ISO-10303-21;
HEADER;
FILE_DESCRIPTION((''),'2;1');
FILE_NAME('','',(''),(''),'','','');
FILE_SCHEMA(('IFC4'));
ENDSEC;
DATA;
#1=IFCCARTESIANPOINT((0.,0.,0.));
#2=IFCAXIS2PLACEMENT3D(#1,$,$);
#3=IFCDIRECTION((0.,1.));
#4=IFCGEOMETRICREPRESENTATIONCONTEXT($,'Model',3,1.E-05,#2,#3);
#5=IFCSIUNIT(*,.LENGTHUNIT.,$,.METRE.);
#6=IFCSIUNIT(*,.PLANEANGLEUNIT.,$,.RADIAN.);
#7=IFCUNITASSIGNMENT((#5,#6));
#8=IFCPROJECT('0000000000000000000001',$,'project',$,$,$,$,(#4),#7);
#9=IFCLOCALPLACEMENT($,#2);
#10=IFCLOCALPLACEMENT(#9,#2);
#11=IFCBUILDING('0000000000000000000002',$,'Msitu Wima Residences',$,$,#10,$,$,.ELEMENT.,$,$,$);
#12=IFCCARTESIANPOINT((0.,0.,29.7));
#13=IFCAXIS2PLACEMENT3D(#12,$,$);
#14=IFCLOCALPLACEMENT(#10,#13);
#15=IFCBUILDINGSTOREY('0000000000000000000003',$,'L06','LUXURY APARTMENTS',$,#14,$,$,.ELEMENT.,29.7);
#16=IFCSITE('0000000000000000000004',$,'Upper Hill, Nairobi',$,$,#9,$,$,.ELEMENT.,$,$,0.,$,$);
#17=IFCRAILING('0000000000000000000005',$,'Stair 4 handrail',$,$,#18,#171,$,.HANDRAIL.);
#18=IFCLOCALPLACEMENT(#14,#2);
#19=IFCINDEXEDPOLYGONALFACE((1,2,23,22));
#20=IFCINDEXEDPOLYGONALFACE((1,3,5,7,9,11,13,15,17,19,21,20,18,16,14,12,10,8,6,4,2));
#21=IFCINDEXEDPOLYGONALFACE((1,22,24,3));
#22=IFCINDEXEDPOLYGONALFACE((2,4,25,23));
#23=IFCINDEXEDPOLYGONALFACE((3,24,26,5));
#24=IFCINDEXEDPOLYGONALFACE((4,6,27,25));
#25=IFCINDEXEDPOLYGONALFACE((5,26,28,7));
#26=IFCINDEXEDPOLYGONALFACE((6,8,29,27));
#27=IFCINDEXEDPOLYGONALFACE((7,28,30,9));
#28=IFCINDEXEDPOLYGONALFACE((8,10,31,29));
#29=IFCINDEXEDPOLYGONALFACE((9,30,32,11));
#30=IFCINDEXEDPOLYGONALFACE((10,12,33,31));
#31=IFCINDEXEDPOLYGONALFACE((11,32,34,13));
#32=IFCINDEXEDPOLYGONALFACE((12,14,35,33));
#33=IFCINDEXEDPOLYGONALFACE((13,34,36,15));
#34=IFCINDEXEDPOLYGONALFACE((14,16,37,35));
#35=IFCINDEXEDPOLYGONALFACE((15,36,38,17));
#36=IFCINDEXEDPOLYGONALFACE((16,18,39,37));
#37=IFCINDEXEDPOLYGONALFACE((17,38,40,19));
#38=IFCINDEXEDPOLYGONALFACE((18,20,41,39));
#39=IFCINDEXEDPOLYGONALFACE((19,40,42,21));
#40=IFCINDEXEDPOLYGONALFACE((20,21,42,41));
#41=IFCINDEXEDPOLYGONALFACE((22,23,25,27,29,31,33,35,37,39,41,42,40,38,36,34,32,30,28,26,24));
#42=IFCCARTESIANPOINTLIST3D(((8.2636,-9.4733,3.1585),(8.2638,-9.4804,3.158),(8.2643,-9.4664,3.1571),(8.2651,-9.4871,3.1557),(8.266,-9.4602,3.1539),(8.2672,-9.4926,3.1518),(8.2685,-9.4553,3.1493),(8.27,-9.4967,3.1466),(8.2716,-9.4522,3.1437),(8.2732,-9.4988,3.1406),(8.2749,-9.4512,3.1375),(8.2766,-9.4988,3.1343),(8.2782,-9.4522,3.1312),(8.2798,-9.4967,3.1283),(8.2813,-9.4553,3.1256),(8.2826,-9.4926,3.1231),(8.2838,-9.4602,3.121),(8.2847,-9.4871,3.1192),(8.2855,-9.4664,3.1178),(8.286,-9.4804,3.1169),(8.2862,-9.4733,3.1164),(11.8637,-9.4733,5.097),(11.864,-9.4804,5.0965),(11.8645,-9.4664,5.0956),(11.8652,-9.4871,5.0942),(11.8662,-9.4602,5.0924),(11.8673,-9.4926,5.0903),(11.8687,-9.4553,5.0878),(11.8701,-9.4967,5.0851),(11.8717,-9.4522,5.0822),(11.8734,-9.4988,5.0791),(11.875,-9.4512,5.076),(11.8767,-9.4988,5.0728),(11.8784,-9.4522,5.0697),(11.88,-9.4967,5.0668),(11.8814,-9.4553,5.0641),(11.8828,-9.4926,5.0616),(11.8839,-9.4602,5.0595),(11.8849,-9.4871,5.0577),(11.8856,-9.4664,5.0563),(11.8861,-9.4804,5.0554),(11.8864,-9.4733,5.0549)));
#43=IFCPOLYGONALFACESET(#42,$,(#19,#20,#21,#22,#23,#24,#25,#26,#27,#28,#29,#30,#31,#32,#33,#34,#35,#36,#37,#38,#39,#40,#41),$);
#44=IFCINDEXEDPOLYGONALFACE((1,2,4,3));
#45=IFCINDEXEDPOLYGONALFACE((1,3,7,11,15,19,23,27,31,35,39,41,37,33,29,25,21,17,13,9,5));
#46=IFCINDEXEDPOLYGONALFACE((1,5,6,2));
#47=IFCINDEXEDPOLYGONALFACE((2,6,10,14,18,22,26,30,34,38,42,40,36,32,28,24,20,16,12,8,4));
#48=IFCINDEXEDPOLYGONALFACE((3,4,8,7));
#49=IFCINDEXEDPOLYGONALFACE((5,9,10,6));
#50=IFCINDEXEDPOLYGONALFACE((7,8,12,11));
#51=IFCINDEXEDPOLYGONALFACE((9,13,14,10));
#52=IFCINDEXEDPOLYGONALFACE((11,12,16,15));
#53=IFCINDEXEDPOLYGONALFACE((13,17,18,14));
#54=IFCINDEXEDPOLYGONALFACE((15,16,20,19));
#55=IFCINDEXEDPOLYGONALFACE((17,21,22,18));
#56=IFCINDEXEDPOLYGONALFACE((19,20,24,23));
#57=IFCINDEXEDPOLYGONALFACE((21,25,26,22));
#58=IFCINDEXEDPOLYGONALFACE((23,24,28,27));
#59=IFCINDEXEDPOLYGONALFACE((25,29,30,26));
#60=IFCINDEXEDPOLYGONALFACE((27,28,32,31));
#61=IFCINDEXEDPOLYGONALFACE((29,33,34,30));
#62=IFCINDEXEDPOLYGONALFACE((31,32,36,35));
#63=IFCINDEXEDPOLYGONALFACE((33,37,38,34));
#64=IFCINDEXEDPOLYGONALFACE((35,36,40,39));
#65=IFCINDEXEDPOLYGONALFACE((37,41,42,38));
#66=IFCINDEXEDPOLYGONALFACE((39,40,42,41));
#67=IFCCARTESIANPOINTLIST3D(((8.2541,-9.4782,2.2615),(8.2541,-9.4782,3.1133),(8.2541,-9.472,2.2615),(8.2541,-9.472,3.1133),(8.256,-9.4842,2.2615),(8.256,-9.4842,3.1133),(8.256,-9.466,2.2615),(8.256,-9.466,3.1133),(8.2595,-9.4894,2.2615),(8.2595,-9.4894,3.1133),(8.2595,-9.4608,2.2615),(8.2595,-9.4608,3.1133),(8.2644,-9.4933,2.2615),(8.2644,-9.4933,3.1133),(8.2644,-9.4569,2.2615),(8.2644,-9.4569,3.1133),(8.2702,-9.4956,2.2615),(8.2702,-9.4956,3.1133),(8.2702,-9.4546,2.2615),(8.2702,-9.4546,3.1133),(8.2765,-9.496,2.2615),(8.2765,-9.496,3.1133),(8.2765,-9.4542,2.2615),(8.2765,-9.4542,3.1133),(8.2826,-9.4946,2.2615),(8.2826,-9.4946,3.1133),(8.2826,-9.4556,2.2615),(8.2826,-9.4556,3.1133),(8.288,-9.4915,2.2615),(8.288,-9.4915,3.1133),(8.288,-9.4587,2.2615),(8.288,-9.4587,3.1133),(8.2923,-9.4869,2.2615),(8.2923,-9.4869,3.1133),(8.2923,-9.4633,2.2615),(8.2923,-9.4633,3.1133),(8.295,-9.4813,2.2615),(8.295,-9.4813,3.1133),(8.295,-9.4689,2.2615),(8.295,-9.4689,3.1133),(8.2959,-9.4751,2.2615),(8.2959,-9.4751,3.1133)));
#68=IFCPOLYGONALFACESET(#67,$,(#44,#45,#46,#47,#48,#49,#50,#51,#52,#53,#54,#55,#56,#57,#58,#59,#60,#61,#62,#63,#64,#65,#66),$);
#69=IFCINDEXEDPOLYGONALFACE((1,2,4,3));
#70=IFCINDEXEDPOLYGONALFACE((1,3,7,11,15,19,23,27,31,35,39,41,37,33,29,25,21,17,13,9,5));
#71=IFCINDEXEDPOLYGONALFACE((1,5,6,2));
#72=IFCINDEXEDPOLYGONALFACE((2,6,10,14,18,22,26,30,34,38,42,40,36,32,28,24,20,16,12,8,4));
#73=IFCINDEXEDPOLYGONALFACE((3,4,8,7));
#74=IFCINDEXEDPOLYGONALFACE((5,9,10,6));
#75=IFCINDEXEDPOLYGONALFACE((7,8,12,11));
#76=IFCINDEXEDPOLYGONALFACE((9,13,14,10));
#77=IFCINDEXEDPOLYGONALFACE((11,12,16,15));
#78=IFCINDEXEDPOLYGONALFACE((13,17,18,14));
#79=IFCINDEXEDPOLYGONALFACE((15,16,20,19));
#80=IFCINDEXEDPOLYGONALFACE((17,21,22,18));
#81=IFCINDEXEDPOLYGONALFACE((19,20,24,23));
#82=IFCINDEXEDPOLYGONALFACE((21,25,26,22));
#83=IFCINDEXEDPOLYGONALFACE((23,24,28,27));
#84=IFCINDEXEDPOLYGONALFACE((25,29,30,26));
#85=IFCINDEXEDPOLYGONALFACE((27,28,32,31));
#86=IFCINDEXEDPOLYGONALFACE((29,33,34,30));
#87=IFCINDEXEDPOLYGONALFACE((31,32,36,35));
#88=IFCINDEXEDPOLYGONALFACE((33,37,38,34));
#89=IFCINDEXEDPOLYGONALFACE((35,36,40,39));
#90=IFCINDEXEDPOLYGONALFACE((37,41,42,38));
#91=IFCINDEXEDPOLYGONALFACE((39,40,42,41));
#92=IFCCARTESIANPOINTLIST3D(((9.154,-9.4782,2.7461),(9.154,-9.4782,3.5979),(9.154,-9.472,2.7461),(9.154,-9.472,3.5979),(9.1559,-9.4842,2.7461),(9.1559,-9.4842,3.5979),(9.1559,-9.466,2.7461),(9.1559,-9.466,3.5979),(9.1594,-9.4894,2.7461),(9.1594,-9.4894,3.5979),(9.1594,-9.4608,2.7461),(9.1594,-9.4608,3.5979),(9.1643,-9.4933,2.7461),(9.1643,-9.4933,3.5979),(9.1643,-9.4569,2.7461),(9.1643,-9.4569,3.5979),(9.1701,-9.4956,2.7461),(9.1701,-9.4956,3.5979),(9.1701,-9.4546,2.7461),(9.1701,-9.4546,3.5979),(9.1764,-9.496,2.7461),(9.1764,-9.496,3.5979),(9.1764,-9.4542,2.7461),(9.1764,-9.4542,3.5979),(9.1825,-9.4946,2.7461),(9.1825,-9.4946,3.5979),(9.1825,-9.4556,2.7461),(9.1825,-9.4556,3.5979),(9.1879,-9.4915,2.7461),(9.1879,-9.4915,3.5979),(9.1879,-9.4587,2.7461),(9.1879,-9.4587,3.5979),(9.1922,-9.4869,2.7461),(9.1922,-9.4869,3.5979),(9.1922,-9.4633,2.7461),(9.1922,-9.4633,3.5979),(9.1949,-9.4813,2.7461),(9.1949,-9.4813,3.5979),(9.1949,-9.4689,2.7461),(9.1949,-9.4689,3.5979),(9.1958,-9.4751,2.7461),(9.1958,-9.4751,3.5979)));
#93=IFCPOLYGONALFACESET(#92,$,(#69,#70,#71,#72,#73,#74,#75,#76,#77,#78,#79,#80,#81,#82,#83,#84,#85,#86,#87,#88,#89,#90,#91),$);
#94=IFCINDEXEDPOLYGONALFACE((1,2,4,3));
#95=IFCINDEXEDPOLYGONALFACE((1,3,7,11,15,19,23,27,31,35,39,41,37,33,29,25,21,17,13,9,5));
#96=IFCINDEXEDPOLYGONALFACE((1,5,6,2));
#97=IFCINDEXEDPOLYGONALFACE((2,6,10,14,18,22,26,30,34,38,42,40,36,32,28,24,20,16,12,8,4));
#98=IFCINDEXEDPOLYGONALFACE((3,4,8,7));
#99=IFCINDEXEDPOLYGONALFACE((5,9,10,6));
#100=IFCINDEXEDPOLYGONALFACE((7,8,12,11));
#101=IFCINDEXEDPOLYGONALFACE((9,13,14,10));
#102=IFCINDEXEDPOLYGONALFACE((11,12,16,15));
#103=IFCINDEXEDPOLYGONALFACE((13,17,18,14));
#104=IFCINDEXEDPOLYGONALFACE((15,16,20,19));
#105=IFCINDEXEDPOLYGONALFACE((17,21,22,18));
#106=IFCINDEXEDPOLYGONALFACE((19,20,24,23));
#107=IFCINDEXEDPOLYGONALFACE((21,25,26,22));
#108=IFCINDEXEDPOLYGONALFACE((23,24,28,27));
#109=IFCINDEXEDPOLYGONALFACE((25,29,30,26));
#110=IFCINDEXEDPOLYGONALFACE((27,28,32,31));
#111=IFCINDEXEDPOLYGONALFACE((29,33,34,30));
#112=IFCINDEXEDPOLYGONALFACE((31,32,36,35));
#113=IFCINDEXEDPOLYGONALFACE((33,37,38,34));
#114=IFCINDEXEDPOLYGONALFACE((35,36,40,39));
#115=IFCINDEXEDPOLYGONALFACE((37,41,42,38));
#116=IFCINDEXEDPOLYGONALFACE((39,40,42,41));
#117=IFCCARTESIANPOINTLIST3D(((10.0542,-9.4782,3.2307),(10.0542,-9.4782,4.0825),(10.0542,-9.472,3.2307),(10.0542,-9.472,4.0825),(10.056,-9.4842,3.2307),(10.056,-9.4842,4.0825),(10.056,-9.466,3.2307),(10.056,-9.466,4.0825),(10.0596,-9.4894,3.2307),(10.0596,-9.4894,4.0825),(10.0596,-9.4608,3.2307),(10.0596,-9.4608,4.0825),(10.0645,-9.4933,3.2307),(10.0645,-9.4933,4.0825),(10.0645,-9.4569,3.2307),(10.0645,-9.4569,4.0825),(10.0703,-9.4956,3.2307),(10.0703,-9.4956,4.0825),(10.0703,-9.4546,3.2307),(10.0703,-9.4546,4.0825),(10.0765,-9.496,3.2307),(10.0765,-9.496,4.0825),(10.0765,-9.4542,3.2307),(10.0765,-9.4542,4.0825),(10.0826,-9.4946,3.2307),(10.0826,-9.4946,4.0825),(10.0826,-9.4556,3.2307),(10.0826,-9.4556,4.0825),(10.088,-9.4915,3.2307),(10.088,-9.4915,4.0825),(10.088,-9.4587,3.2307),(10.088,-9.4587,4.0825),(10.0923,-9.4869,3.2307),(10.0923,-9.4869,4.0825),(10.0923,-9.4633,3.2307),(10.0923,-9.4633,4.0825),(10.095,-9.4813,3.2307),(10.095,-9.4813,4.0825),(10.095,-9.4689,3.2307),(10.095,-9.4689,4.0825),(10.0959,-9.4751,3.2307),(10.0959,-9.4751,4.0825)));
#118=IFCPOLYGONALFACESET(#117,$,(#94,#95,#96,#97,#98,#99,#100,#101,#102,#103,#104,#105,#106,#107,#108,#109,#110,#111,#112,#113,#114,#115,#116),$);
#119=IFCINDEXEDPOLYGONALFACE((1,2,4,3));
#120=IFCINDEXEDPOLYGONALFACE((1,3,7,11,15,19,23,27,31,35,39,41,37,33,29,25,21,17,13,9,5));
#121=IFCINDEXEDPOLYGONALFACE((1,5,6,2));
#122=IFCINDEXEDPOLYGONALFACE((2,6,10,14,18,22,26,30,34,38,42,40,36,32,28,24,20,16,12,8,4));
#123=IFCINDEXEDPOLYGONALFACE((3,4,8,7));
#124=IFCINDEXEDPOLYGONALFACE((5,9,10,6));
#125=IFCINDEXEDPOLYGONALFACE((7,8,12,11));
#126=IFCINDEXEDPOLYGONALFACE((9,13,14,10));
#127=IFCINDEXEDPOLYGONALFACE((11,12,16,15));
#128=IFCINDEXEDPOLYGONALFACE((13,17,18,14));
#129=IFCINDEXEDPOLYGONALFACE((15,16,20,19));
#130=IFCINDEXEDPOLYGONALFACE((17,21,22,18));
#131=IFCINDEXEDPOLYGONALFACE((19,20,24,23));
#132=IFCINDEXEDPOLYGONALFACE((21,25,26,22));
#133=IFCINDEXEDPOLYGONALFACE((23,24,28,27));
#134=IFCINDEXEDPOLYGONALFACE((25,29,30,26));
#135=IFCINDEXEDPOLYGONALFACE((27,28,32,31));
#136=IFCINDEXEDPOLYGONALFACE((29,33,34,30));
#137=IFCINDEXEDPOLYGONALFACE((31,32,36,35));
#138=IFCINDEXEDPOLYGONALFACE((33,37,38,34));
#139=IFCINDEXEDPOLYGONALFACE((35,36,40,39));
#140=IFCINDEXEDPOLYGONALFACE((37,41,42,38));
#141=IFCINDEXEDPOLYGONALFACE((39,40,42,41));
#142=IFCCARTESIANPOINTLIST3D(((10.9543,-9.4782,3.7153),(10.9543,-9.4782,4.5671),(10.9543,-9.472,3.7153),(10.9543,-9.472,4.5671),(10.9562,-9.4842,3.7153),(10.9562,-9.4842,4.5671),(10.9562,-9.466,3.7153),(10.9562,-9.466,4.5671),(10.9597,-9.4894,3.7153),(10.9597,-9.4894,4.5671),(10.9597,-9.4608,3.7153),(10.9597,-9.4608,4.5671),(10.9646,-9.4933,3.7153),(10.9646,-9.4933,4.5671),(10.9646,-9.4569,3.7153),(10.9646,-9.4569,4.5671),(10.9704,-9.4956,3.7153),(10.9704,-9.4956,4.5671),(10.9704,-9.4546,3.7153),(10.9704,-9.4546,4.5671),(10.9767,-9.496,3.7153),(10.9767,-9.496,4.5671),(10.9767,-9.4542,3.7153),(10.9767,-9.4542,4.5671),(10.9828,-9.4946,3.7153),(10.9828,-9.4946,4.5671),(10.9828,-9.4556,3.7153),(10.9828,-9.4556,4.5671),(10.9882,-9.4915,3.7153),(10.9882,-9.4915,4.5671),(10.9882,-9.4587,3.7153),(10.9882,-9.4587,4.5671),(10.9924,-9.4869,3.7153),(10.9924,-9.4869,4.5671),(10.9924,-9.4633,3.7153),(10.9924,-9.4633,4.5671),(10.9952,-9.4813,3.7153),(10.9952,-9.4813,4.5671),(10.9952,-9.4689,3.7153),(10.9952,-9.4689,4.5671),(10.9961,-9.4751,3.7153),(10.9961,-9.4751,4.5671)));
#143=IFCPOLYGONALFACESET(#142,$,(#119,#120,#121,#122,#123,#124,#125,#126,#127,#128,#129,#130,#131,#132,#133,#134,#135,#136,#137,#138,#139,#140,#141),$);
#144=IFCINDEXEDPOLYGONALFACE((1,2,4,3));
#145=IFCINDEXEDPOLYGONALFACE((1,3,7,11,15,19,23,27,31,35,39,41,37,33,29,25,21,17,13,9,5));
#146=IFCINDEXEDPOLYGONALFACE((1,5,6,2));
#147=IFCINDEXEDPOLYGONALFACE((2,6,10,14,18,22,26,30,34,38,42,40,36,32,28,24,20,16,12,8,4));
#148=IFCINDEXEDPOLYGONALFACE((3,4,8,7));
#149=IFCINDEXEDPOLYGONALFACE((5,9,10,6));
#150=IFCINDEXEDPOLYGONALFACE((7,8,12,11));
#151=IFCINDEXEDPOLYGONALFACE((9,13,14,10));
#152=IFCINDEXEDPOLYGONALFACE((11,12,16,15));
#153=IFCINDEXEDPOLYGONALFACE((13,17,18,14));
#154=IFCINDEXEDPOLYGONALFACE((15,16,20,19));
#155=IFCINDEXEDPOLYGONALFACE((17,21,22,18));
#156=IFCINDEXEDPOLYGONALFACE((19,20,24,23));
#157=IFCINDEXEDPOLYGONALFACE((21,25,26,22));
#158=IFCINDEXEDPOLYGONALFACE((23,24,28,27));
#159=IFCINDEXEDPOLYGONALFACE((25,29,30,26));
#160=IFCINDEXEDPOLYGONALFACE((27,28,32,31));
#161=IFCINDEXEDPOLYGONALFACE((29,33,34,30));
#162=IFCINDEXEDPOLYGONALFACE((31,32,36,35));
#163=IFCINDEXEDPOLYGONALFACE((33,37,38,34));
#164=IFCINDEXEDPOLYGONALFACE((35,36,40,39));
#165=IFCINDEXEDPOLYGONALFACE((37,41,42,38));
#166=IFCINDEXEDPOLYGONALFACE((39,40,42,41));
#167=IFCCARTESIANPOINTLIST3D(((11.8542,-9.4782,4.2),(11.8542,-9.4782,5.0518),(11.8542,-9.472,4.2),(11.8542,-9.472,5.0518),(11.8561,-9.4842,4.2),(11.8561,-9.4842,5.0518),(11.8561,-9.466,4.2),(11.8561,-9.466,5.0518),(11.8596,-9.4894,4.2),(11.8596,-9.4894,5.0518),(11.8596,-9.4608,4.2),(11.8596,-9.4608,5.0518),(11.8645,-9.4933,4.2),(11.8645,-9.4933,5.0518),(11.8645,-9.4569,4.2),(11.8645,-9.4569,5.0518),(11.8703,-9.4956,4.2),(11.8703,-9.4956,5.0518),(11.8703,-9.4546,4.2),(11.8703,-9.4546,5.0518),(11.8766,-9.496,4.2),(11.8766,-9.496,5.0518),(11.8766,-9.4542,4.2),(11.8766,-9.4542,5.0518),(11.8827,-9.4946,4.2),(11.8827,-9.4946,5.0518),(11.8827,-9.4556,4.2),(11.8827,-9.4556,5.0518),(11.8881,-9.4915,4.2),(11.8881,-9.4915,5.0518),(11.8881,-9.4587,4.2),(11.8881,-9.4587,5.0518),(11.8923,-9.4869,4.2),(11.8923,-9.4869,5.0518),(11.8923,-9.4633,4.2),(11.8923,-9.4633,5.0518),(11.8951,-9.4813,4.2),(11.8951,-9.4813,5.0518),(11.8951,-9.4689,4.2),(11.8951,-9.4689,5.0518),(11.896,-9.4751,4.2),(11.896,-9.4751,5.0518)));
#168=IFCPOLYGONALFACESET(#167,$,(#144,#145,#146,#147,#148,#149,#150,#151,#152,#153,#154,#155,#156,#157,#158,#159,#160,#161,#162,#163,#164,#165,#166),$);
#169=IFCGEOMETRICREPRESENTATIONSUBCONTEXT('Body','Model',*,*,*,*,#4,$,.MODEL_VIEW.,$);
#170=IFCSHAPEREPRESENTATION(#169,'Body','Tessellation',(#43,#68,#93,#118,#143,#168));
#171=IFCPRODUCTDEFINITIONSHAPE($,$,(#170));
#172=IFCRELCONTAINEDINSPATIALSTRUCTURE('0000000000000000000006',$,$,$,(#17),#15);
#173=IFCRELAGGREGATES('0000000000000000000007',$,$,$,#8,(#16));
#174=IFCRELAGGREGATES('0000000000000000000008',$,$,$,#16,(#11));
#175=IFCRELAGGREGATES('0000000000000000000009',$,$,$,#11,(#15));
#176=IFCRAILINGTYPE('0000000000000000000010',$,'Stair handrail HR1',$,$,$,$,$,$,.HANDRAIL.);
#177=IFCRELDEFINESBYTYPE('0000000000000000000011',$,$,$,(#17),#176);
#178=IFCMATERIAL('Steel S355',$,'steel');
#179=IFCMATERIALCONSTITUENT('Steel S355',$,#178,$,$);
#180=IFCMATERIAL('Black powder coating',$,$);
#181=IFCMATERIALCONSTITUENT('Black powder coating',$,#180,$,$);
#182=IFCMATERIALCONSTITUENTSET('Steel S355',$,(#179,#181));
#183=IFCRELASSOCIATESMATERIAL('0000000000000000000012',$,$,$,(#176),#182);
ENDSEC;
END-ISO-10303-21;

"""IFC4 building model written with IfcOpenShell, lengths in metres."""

from ifc_helpers import new_model, si_unit, direction, frame, origin, origin_2d, place, context, subcontext, project, spatial, circle, extrude, material, constituent, constituent_set, type_object, element, save


model = new_model("IFC4")

# Units and contexts
model_context = context("Model", 3, precision=1e-05, world=origin(), true_north=direction((0.0, 1.0)))
body_context = subcontext(model_context, "Body", "Model", "MODEL_VIEW")
ifc_project = project(units=[si_unit("LENGTHUNIT", "METRE"), si_unit("PLANEANGLEUNIT", "RADIAN")], contexts=[model_context])

# Site, building, storey
site_placement = place(None, origin())
site = spatial("IfcSite", under=ifc_project, at=site_placement, Name="Upper Hill, Nairobi", CompositionType="ELEMENT", RefElevation=0.0)
building_placement = place(site_placement, origin())
building = spatial("IfcBuilding", under=site, at=building_placement, Name="Msitu Wima Residences", CompositionType="ELEMENT")
storey_placement = place(building_placement, frame((0.0, 0.0, 29.7)))
storey = spatial("IfcBuildingStorey", under=building, at=storey_placement, Name="L06", Description="LUXURY APARTMENTS", CompositionType="ELEMENT", Elevation=29.7)

# Railing
ifc_material_1 = material(Name="Steel S355", Category="steel")
ifc_constituent_1 = constituent(ifc_material_1, Name="Steel S355")
ifc_material_2 = material(Name="Black powder coating")
ifc_constituent_2 = constituent(ifc_material_2, Name="Black powder coating")
ifc_constituent_set = constituent_set(constituents=[ifc_constituent_1, ifc_constituent_2], Name="Steel S355")
railing_type = type_object("IfcRailingType", Name="Stair handrail HR1", PredefinedType="HANDRAIL", material=ifc_constituent_set)
for number, where, name in (
    (1, (8.2749, -9.4751, 2.2615), "Stair 4 handrail"),
):
    element("IfcRailing", number, at=place(storey_placement, frame(where)), inside=storey, type_object=railing_type, Name=name, PredefinedType="HANDRAIL", context=body_context, shape_type="SweptSolid", body=[
        extrude(circle(Radius=0.0239, at=origin_2d()), frame((0.0, 0.0, 0.876), z_axis=(0.880475, 0.0, 0.474093), x_axis=(0.0, 1.0, 0.0)), (0.0, 0.0, 1.0), 4.0889),
        extrude(circle(Radius=0.021, at=origin_2d()), origin(), (0.0, 0.0, 1.0), 0.8518),
        extrude(circle(Radius=0.021, at=origin_2d()), frame((0.8999, 0.0, 0.4846)), (0.0, 0.0, 1.0), 0.8518),
        extrude(circle(Radius=0.021, at=origin_2d()), frame((1.8, 0.0, 0.9692)), (0.0, 0.0, 1.0), 0.8518),
        extrude(circle(Radius=0.021, at=origin_2d()), frame((2.7002, 0.0, 1.4539)), (0.0, 0.0, 1.0), 0.8518),
        extrude(circle(Radius=0.021, at=origin_2d()), frame((3.6001, 0.0, 1.9385)), (0.0, 0.0, 1.0), 0.8518),
    ])

save(model, "model.ifc")
